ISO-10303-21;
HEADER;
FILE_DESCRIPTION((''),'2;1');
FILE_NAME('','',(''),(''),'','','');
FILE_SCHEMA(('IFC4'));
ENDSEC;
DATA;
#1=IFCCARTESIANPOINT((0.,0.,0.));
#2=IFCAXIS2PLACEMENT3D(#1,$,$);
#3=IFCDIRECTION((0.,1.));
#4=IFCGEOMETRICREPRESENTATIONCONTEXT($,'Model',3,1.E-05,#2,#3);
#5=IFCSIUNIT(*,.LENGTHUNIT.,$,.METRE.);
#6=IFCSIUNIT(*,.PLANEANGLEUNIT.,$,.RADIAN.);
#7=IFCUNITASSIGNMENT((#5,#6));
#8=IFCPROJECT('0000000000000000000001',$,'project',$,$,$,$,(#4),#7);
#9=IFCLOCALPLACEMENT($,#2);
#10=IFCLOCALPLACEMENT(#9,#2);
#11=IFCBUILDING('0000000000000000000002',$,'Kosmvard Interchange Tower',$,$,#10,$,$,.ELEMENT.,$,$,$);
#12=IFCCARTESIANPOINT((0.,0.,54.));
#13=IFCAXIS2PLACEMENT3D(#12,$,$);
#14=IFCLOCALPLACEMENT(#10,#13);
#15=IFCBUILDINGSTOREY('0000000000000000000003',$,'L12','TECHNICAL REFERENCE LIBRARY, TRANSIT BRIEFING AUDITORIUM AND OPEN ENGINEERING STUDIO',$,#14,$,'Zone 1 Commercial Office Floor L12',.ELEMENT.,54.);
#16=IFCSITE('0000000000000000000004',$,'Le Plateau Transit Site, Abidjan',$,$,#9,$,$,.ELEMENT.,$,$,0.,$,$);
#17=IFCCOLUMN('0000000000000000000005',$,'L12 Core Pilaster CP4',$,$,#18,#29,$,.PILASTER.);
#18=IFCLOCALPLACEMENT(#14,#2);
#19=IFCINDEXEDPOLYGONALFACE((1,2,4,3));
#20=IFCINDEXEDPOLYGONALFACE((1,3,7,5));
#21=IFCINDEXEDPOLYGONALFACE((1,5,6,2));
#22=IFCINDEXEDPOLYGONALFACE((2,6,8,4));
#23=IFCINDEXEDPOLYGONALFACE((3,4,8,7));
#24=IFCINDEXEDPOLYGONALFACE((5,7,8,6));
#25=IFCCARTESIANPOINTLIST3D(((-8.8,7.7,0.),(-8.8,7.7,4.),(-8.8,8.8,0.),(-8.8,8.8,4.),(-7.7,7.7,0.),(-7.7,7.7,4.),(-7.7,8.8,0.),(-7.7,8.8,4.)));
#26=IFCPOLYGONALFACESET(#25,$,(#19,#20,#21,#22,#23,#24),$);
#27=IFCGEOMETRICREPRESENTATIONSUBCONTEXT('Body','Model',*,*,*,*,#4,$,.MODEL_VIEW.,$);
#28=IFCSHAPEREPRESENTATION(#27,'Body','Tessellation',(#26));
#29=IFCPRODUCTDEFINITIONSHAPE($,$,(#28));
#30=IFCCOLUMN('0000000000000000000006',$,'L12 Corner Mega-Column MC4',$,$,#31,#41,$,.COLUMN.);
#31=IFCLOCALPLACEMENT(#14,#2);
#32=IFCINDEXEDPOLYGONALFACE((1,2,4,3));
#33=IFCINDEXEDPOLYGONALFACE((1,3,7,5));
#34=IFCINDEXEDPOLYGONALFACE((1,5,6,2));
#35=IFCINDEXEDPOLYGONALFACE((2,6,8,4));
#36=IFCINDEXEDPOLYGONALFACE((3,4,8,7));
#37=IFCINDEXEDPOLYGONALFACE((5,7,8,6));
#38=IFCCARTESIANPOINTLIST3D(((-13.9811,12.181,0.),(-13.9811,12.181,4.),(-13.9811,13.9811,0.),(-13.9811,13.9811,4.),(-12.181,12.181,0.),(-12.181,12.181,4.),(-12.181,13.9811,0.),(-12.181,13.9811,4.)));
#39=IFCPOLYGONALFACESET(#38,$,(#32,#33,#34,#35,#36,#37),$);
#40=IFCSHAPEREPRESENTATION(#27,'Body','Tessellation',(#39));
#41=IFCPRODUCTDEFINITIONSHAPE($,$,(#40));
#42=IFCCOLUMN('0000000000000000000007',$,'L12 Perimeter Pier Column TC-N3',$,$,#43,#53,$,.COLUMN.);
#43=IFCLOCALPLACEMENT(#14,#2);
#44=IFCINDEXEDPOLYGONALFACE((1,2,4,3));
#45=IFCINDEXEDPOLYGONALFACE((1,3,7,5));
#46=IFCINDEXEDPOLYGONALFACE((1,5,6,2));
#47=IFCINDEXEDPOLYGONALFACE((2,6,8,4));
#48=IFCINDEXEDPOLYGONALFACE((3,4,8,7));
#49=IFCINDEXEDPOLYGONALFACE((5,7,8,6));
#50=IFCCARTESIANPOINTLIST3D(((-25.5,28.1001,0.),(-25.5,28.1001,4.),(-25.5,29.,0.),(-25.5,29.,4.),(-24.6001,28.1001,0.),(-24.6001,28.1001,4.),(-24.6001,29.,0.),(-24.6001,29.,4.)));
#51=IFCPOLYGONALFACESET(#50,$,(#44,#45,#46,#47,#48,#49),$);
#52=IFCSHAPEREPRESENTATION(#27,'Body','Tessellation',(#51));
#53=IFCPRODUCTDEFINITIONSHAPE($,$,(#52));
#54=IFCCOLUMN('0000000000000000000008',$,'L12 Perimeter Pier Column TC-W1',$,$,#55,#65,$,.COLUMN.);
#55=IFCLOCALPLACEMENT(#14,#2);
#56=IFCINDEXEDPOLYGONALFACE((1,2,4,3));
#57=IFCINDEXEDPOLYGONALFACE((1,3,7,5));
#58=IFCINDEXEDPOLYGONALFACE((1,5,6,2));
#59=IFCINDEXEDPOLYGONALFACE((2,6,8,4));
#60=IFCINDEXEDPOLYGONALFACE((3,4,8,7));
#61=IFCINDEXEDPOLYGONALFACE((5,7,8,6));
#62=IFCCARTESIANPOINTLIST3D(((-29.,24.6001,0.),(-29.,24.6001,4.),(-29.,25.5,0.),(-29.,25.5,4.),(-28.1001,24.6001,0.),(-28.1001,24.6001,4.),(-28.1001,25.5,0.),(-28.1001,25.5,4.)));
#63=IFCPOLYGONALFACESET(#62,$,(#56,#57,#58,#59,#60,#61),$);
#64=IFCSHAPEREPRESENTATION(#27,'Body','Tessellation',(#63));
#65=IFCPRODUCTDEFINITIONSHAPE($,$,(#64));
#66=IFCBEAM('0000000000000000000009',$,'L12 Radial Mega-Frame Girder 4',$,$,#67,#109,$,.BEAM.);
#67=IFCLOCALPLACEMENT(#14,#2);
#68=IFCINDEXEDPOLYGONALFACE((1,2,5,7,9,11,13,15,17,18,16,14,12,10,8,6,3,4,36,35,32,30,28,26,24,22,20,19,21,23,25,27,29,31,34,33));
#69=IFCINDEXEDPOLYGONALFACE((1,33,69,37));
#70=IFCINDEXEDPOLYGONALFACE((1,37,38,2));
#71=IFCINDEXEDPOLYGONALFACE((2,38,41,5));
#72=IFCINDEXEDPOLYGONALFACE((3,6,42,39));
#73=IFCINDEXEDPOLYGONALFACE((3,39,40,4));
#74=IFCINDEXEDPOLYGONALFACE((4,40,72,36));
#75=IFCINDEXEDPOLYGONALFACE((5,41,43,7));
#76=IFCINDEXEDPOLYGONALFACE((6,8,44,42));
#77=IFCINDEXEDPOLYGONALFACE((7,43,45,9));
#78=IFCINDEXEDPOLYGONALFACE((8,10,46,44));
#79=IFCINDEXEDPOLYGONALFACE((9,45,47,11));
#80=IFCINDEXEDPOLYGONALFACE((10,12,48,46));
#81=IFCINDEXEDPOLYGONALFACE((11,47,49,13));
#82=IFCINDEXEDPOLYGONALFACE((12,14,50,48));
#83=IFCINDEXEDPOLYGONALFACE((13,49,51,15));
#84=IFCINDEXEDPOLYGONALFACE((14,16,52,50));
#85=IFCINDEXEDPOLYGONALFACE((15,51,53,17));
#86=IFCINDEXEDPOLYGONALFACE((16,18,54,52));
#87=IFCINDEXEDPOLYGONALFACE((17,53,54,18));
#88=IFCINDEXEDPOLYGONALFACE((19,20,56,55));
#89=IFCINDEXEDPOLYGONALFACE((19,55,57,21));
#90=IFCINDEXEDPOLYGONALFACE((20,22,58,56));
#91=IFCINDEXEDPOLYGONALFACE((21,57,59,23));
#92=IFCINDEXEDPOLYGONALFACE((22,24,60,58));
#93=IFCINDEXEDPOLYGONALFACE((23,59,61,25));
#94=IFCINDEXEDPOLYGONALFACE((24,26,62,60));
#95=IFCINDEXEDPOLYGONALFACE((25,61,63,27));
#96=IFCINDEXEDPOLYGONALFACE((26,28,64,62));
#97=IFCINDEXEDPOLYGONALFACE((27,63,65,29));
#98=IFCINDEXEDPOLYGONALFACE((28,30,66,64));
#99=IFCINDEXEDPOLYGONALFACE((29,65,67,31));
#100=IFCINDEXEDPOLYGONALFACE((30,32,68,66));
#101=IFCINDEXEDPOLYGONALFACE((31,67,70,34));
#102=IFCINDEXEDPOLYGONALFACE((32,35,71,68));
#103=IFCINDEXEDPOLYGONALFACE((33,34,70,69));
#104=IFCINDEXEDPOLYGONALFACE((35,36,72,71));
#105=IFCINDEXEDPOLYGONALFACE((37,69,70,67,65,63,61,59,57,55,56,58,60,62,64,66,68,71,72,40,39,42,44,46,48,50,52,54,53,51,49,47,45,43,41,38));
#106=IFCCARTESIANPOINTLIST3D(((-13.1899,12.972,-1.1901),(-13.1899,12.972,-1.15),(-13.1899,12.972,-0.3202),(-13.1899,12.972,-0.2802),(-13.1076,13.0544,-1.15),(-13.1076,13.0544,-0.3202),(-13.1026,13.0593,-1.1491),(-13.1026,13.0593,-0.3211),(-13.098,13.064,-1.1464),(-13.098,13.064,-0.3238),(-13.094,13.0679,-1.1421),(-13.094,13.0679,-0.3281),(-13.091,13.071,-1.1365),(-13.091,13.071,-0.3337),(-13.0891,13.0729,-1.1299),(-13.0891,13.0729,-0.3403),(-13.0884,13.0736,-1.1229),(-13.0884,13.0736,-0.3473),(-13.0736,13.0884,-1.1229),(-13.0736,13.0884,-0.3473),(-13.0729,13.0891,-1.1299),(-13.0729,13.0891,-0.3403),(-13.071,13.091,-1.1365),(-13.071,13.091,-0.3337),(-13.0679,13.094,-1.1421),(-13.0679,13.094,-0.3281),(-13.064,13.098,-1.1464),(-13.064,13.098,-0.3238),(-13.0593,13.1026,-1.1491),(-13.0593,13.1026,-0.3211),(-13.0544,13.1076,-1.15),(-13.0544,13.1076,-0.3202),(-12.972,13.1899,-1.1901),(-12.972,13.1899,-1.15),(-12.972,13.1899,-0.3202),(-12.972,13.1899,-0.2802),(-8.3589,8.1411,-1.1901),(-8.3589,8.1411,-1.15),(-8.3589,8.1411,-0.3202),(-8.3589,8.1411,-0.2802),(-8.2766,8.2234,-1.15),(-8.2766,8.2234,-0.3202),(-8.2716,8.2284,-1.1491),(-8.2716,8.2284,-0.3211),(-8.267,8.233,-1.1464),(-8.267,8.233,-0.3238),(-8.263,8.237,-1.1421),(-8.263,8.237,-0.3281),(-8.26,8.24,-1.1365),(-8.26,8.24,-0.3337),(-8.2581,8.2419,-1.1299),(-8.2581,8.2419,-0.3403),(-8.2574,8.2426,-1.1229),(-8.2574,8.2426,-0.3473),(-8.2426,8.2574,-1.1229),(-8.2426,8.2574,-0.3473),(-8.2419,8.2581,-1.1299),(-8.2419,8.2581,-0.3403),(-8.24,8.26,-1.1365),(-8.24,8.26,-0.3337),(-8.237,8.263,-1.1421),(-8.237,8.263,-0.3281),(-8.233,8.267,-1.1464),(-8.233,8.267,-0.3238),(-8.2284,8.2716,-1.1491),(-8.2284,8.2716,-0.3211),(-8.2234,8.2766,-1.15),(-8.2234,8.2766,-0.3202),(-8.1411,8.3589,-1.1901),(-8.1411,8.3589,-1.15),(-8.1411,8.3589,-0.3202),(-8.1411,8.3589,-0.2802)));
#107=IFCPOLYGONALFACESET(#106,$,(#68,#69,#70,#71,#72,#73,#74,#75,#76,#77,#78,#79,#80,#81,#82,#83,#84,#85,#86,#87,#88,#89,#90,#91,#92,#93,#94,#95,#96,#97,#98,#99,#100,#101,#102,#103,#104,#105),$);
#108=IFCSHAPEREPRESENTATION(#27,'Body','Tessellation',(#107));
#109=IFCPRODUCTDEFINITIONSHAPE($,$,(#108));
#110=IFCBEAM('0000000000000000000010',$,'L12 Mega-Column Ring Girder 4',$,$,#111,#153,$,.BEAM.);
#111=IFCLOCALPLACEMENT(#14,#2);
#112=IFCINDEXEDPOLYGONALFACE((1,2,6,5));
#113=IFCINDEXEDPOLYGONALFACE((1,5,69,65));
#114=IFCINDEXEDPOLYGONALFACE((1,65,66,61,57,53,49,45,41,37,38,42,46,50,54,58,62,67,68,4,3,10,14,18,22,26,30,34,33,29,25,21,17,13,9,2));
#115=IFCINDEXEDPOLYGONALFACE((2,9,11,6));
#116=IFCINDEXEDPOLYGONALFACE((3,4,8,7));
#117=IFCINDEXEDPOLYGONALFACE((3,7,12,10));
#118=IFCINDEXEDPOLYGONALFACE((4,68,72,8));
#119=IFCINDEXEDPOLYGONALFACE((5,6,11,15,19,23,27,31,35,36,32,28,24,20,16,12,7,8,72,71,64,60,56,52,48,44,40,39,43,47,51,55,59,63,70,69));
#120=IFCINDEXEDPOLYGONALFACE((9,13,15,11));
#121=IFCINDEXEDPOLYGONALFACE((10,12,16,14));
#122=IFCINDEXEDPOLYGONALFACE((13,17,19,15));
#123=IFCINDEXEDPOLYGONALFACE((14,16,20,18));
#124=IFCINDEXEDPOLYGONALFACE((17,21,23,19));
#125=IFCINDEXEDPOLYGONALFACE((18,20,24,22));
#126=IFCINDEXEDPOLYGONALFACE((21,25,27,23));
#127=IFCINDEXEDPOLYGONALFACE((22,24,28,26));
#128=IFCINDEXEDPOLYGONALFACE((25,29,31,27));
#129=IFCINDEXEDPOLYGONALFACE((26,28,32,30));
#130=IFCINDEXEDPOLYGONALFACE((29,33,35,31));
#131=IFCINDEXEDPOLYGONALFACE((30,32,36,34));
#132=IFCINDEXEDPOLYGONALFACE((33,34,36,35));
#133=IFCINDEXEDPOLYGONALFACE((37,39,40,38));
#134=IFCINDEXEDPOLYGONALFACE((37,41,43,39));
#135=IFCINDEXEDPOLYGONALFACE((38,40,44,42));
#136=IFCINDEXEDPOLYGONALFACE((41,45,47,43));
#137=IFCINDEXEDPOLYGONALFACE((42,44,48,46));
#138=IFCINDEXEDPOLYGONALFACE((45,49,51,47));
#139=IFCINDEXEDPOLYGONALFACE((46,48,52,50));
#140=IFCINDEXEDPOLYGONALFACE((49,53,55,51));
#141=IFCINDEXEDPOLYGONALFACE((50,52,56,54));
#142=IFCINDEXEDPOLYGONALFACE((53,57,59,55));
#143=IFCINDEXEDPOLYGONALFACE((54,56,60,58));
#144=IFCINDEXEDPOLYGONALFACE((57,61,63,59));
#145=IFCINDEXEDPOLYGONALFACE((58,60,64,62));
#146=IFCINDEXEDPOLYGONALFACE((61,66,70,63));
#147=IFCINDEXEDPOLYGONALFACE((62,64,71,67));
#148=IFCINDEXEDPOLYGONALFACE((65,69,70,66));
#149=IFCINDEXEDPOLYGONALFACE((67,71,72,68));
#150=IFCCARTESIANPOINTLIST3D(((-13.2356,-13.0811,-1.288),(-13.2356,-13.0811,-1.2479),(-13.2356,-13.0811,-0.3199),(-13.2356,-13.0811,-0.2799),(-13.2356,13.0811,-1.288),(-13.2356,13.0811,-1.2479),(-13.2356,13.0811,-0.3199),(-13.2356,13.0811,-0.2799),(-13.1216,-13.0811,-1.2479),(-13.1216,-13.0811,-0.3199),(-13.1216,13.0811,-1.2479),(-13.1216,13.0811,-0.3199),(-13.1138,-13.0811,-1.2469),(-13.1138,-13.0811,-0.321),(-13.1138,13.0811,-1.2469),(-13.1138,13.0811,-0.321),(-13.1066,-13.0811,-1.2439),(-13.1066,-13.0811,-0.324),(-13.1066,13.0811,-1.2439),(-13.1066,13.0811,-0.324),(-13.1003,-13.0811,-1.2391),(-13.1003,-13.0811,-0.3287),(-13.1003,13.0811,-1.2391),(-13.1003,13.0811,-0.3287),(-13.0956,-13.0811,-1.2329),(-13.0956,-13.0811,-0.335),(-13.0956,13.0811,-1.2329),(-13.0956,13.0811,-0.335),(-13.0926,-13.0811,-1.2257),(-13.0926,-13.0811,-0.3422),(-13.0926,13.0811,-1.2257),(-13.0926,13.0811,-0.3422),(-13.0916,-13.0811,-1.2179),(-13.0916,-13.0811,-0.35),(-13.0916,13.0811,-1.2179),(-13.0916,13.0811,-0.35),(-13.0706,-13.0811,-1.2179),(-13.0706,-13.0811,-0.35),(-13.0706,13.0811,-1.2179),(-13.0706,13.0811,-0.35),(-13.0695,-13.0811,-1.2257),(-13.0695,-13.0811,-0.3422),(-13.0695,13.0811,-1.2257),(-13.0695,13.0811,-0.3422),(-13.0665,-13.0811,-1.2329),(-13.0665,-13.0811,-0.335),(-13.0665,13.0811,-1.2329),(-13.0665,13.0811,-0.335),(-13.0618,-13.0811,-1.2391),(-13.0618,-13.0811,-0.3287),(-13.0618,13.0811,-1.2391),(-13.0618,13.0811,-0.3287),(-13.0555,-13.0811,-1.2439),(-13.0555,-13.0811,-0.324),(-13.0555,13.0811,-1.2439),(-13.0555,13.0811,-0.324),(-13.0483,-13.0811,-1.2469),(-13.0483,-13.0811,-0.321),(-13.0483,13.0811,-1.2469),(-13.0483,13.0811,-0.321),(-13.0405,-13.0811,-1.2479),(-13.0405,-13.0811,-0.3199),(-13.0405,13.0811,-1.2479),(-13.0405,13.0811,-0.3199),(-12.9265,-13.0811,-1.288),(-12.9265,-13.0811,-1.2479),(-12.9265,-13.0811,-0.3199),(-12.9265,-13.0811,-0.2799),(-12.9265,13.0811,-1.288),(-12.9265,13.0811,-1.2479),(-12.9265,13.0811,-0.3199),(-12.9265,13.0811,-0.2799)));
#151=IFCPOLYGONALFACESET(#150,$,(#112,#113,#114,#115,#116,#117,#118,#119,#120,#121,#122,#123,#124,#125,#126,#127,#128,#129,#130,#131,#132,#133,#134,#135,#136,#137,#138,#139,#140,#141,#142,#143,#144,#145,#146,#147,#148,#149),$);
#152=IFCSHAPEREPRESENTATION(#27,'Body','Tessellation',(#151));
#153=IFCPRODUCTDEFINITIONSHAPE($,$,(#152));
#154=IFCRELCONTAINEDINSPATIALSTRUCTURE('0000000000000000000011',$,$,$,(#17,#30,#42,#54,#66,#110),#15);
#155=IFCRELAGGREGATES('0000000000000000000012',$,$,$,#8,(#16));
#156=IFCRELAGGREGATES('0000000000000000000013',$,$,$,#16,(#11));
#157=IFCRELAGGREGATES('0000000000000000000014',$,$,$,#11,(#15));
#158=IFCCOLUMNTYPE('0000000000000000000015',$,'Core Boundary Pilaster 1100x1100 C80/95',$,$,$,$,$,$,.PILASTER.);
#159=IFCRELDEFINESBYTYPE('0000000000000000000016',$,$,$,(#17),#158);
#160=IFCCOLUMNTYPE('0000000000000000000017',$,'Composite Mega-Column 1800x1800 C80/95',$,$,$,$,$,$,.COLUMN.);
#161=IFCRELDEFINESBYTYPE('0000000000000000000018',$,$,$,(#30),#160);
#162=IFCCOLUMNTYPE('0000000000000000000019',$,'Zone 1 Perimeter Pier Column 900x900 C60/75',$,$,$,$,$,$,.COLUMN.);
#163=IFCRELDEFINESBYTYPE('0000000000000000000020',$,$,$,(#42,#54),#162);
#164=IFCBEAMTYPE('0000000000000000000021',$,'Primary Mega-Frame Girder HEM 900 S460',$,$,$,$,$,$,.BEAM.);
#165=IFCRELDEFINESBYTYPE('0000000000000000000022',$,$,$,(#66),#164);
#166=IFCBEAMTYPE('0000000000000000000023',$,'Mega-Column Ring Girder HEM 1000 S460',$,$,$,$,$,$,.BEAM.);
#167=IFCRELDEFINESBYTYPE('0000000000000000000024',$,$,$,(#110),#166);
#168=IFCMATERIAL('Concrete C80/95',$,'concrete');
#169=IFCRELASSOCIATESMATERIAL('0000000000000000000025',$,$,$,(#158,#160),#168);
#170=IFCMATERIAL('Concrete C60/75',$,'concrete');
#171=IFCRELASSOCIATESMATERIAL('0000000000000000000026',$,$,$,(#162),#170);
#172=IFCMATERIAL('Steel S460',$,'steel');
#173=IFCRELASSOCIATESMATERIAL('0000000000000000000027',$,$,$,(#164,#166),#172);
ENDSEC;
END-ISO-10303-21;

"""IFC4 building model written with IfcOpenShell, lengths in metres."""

from ifc_helpers import new_model, si_unit, direction, frame, origin, origin_2d, place, context, subcontext, project, spatial, rectangle, i_section, extrude, source, transform, mapped, material, material_profile, profile_set, type_object, element, save


model = new_model("IFC4")

# Units and contexts
model_context = context("Model", 3, precision=1e-05, world=origin(), true_north=direction((0.0, 1.0)))
body_context = subcontext(model_context, "Body", "Model", "MODEL_VIEW")
ifc_project = project(units=[si_unit("LENGTHUNIT", "METRE"), si_unit("PLANEANGLEUNIT", "RADIAN")], contexts=[model_context])

# Site, building, storey
site_placement = place(None, origin())
site = spatial("IfcSite", under=ifc_project, at=site_placement, Name="Le Plateau Transit Site, Abidjan", CompositionType="ELEMENT", RefElevation=0.0)
building_placement = place(site_placement, origin())
building = spatial("IfcBuilding", under=site, at=building_placement, Name="Kosmvard Interchange Tower", CompositionType="ELEMENT")
storey_placement = place(building_placement, frame((0.0, 0.0, 54.0)))
storey = spatial("IfcBuildingStorey", under=building, at=storey_placement, Name="L12", Description="TECHNICAL REFERENCE LIBRARY, TRANSIT BRIEFING AUDITORIUM AND OPEN ENGINEERING STUDIO", LongName="Zone 1 Commercial Office Floor L12", CompositionType="ELEMENT", Elevation=54.0)

# Columns
ifc_material_1 = material(Name="Concrete C80/95", Category="concrete")
ifc_material_profile_1 = material_profile(ifc_material_1, rectangle(XDim=1.1001, YDim=1.1001, at=origin_2d()), Name="CP 1100x1100")
ifc_profile_set_1 = profile_set([ifc_material_profile_1], Name="Concrete C80/95")
column_type_1 = type_object("IfcColumnType", Name="Core Boundary Pilaster 1100x1100 C80/95", PredefinedType="PILASTER", material=ifc_profile_set_1)
shared_shape_1 = source(origin(), body_context, "Body", "SweptSolid", [
    extrude(rectangle(XDim=1.1001, YDim=1.1001, at=origin_2d()), origin(), (0.0, 0.0, 1.0), 4.0),
])
column_1_placement = place(storey_placement, frame((-8.25, 8.25, 0.0), z_axis=(0.0, 0.0, 1.0), x_axis=(1.0, 0.0, 0.0)))
element("IfcColumn", 1, at=column_1_placement, inside=storey, type_object=column_type_1, Name="L12 Core Pilaster CP4", PredefinedType="PILASTER", context=body_context, shape_type="MappedRepresentation", body=[
    mapped(shared_shape_1, transform((0.0, 0.0, 0.0), scale=1.0)),
])
ifc_material_profile_2 = material_profile(ifc_material_1, rectangle(XDim=1.8, YDim=1.8, at=origin_2d()), Name="MC 1800x1800")
ifc_profile_set_2 = profile_set([ifc_material_profile_2], Name="Concrete C80/95")
column_type_2 = type_object("IfcColumnType", Name="Composite Mega-Column 1800x1800 C80/95", PredefinedType="COLUMN", material=ifc_profile_set_2)
shared_shape_2 = source(origin(), body_context, "Body", "SweptSolid", [
    extrude(rectangle(XDim=1.8, YDim=1.8, at=origin_2d()), origin(), (0.0, 0.0, 1.0), 4.0),
])
column_2_placement = place(storey_placement, frame((-13.0811, 13.0811, 0.0), z_axis=(0.0, 0.0, 1.0), x_axis=(1.0, 0.0, 0.0)))
element("IfcColumn", 2, at=column_2_placement, inside=storey, type_object=column_type_2, Name="L12 Corner Mega-Column MC4", PredefinedType="COLUMN", context=body_context, shape_type="MappedRepresentation", body=[
    mapped(shared_shape_2, transform((0.0, 0.0, 0.0), scale=1.0)),
])
ifc_material_2 = material(Name="Concrete C60/75", Category="concrete")
ifc_material_profile_3 = material_profile(ifc_material_2, rectangle(XDim=0.8999, YDim=0.8999, at=origin_2d()), Name="TC 900x900")
ifc_profile_set_3 = profile_set([ifc_material_profile_3], Name="Concrete C60/75")
column_type_3 = type_object("IfcColumnType", Name="Zone 1 Perimeter Pier Column 900x900 C60/75", PredefinedType="COLUMN", material=ifc_profile_set_3)
shared_shape_3 = source(origin(), body_context, "Body", "SweptSolid", [
    extrude(rectangle(XDim=0.8999, YDim=0.8999, at=origin_2d()), origin(), (0.0, 0.0, 1.0), 4.0),
])
for number, where, z_axis, x_axis, name in (
    (3, (-25.05, 28.55, 0.0), (0.0, 0.0, 1.0), (1.0, 0.0, 0.0), "L12 Perimeter Pier Column TC-N3"),
    (4, (-28.55, 25.05, 0.0), (0.0, 0.0, 1.0), (1.0, 0.0, 0.0), "L12 Perimeter Pier Column TC-W1"),
):
    element("IfcColumn", number, at=place(storey_placement, frame(where, z_axis=z_axis, x_axis=x_axis)), inside=storey, type_object=column_type_3, Name=name, PredefinedType="COLUMN", context=body_context, shape_type="MappedRepresentation", body=[
        mapped(shared_shape_3, transform((0.0, 0.0, 0.0), scale=1.0)),
    ])

# Beams
ifc_material_3 = material(Name="Steel S460", Category="steel")
ifc_material_profile_4 = material_profile(ifc_material_3, i_section(OverallWidth=0.3081, OverallDepth=0.9099, WebThickness=0.021, FlangeThickness=0.04, FilletRadius=0.0271, at=origin_2d()), Name="HEM 900")
ifc_profile_set_4 = profile_set([ifc_material_profile_4], Name="Steel S460")
beam_type_1 = type_object("IfcBeamType", Name="Primary Mega-Frame Girder HEM 900 S460", PredefinedType="BEAM", material=ifc_profile_set_4)
shared_shape_4 = source(origin(), body_context, "Body", "SweptSolid", [
    extrude(i_section(OverallWidth=0.3081, OverallDepth=0.9099, WebThickness=0.021, FlangeThickness=0.04, FilletRadius=0.0271, at=origin_2d()), origin(), (0.0, 0.0, 1.0), 6.832),
])
beam_1_placement = place(storey_placement, frame((-8.25, 8.25, -0.7351), z_axis=(-0.707107, 0.707107, 0.0), x_axis=(-0.707107, -0.707107, 0.0)))
element("IfcBeam", 5, at=beam_1_placement, inside=storey, type_object=beam_type_1, Name="L12 Radial Mega-Frame Girder 4", PredefinedType="BEAM", context=body_context, shape_type="MappedRepresentation", body=[
    mapped(shared_shape_4, transform((0.0, 0.0, 0.0), scale=1.0)),
])
ifc_material_profile_5 = material_profile(ifc_material_3, i_section(OverallWidth=0.3091, OverallDepth=1.0081, WebThickness=0.021, FlangeThickness=0.04, FilletRadius=0.03, at=origin_2d()), Name="HEM 1000")
ifc_profile_set_5 = profile_set([ifc_material_profile_5], Name="Steel S460")
beam_type_2 = type_object("IfcBeamType", Name="Mega-Column Ring Girder HEM 1000 S460", PredefinedType="BEAM", material=ifc_profile_set_5)
shared_shape_5 = source(origin(), body_context, "Body", "SweptSolid", [
    extrude(i_section(OverallWidth=0.3091, OverallDepth=1.0081, WebThickness=0.021, FlangeThickness=0.04, FilletRadius=0.03, at=origin_2d()), origin(), (0.0, 0.0, 1.0), 26.1621),
])
beam_2_placement = place(storey_placement, frame((-13.0811, 13.0811, -0.7839), z_axis=(0.0, -1.0, 0.0), x_axis=(1.0, 0.0, 0.0)))
element("IfcBeam", 6, at=beam_2_placement, inside=storey, type_object=beam_type_2, Name="L12 Mega-Column Ring Girder 4", PredefinedType="BEAM", context=body_context, shape_type="MappedRepresentation", body=[
    mapped(shared_shape_5, transform((0.0, 0.0, 0.0), scale=1.0)),
])

save(model, "model.ifc")
